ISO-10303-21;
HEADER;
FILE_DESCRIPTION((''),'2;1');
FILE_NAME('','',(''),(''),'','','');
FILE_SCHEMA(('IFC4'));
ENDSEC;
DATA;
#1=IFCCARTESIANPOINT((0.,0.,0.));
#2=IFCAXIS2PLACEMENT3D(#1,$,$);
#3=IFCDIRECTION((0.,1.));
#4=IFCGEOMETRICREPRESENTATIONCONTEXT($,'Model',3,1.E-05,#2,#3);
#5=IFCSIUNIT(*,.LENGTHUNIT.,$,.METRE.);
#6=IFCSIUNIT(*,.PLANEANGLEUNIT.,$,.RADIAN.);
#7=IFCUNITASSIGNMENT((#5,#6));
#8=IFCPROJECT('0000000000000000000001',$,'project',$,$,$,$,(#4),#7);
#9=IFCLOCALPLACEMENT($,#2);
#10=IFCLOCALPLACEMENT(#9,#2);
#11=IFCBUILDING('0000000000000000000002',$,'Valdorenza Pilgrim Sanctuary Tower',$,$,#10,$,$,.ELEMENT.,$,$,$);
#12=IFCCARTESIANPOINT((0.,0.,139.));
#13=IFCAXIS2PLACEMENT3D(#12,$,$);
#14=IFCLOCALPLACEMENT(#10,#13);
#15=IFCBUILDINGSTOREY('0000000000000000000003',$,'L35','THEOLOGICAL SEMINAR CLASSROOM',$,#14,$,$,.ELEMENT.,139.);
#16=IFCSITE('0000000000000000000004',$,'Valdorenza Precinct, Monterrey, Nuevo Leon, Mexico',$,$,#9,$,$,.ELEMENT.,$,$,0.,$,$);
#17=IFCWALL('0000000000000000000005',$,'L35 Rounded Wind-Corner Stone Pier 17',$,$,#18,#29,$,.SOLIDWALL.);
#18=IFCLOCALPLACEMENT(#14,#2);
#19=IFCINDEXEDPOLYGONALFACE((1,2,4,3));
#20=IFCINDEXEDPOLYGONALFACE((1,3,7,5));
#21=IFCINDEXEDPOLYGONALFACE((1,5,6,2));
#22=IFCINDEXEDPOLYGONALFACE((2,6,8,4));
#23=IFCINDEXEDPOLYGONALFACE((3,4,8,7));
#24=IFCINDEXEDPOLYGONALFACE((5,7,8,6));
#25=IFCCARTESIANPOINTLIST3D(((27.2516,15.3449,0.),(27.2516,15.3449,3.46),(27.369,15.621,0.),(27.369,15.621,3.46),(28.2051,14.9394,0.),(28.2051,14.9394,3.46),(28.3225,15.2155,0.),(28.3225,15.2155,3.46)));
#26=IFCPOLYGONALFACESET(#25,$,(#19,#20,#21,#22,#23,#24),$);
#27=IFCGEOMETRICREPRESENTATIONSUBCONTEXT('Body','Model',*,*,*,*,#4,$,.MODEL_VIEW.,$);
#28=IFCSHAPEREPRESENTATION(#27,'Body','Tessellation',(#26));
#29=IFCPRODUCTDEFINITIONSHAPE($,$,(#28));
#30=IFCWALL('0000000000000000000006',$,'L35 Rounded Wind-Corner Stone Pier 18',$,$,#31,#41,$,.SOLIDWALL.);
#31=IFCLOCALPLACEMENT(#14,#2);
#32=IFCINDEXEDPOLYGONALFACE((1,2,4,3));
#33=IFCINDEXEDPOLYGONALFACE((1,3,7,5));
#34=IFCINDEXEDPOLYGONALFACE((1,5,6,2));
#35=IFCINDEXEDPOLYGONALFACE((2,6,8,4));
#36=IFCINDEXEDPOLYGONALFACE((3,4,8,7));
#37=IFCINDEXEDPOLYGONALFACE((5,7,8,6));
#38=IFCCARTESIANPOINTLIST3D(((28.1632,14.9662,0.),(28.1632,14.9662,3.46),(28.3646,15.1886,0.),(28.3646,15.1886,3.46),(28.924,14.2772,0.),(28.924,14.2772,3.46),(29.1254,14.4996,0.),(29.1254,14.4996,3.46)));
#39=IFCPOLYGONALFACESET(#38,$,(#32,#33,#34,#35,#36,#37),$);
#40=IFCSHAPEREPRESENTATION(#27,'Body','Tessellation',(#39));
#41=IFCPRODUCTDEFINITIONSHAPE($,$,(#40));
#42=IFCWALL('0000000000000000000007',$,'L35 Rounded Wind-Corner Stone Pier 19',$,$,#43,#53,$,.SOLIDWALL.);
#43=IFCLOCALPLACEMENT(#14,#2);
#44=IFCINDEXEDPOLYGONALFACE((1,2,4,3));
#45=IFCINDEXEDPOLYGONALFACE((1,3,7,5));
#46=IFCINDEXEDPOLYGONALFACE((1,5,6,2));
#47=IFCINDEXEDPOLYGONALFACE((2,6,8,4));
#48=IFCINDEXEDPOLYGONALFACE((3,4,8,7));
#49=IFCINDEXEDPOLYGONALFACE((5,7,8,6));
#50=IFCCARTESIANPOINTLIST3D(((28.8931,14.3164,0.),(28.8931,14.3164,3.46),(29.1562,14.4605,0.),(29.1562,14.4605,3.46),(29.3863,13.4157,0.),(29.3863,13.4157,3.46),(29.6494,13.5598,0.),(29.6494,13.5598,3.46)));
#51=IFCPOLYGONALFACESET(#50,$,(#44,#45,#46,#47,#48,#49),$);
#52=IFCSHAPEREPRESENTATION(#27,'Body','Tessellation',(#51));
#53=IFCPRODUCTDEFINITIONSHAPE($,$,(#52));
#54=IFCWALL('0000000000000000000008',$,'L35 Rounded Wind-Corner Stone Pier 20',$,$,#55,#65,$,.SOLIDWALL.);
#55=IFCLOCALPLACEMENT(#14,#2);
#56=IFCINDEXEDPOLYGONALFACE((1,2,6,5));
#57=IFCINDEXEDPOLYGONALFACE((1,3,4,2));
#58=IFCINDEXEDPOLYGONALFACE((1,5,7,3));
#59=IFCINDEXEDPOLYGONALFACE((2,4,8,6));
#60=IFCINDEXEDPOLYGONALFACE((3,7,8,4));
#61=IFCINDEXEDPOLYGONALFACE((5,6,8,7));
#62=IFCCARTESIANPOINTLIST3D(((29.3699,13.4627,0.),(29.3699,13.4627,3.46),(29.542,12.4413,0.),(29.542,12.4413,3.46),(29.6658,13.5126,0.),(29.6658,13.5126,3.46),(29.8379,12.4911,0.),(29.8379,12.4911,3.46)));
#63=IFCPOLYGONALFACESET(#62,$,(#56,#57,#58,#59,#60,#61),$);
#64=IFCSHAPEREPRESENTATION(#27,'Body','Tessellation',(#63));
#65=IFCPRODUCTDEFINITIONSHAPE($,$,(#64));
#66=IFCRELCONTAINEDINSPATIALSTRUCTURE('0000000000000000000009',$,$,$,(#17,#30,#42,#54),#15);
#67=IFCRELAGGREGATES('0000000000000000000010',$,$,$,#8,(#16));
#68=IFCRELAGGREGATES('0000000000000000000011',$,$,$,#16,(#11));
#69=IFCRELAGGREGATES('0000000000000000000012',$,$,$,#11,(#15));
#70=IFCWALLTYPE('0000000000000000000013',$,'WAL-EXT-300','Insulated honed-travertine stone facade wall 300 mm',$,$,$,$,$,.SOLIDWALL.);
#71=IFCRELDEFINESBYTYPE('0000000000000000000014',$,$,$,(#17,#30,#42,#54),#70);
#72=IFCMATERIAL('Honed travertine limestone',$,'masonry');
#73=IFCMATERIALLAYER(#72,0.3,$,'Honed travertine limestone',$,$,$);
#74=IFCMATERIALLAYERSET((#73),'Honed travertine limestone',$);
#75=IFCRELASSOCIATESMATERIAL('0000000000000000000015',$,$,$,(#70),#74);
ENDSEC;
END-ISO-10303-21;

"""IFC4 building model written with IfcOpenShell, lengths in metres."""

from ifc_helpers import new_model, si_unit, direction, frame, frame_2d, origin, place, context, subcontext, project, spatial, rectangle, extrude, material, layer, layer_set, type_object, element, save


model = new_model("IFC4")

# Units and contexts
model_context = context("Model", 3, precision=1e-05, world=origin(), true_north=direction((0.0, 1.0)))
body_context = subcontext(model_context, "Body", "Model", "MODEL_VIEW")
ifc_project = project(units=[si_unit("LENGTHUNIT", "METRE"), si_unit("PLANEANGLEUNIT", "RADIAN")], contexts=[model_context])

# Site, building, storey
site_placement = place(None, origin())
site = spatial("IfcSite", under=ifc_project, at=site_placement, Name="Valdorenza Precinct, Monterrey, Nuevo Leon, Mexico", CompositionType="ELEMENT", RefElevation=0.0)
building_placement = place(site_placement, origin())
building = spatial("IfcBuilding", under=site, at=building_placement, Name="Valdorenza Pilgrim Sanctuary Tower", CompositionType="ELEMENT")
storey_placement = place(building_placement, frame((0.0, 0.0, 139.0)))
storey = spatial("IfcBuildingStorey", under=building, at=storey_placement, Name="L35", Description="THEOLOGICAL SEMINAR CLASSROOM", CompositionType="ELEMENT", Elevation=139.0)

# Shared definitions
ifc_material_1 = material(Name="Honed travertine limestone", Category="masonry")

# Walls
ifc_layer_1 = layer(ifc_material_1, 0.3, Name="Honed travertine limestone")
ifc_layer_set_1 = layer_set([ifc_layer_1], Name="Honed travertine limestone")
wall_type_1 = type_object("IfcWallType", Name="WAL-EXT-300", Description="Insulated honed-travertine stone facade wall 300 mm", PredefinedType="SOLIDWALL", material=ifc_layer_set_1)
wall_1_placement = place(storey_placement, frame((27.3103, 15.4829, 0.0), z_axis=(0.0, 0.0, 1.0), x_axis=(0.92025, -0.39133, 0.0)))
element("IfcWall", 1, at=wall_1_placement, inside=storey, type_object=wall_type_1, Name="L35 Rounded Wind-Corner Stone Pier 17", PredefinedType="SOLIDWALL", context=body_context, shape_type="SweptSolid", body=[
    extrude(rectangle(XDim=1.0361, YDim=0.3, at=frame_2d((0.5181, 0.0))), origin(), (0.0, 0.0, 1.0), 3.46),
])
wall_2_placement = place(storey_placement, frame((28.2639, 15.0774, 0.0), z_axis=(0.0, 0.0, 1.0), x_axis=(0.741209, -0.671275, 0.0)))
element("IfcWall", 2, at=wall_2_placement, inside=storey, type_object=wall_type_1, Name="L35 Rounded Wind-Corner Stone Pier 18", PredefinedType="SOLIDWALL", context=body_context, shape_type="SweptSolid", body=[
    extrude(rectangle(XDim=1.0264, YDim=0.3, at=frame_2d((0.5132, 0.0))), origin(), (0.0, 0.0, 1.0), 3.46),
])
wall_3_placement = place(storey_placement, frame((29.0247, 14.3884, 0.0), z_axis=(0.0, 0.0, 1.0), x_axis=(0.480284, -0.877113, 0.0)))
element("IfcWall", 3, at=wall_3_placement, inside=storey, type_object=wall_type_1, Name="L35 Rounded Wind-Corner Stone Pier 19", PredefinedType="SOLIDWALL", context=body_context, shape_type="SweptSolid", body=[
    extrude(rectangle(XDim=1.0269, YDim=0.3, at=frame_2d((0.5134, 0.0))), origin(), (0.0, 0.0, 1.0), 3.46),
])
wall_4_placement = place(storey_placement, frame((29.5178, 13.4878, 0.0), z_axis=(0.0, 0.0, 1.0), x_axis=(0.166157, -0.986099, 0.0)))
element("IfcWall", 4, at=wall_4_placement, inside=storey, type_object=wall_type_1, Name="L35 Rounded Wind-Corner Stone Pier 20", PredefinedType="SOLIDWALL", context=body_context, shape_type="SweptSolid", body=[
    extrude(rectangle(XDim=1.0359, YDim=0.3, at=frame_2d((0.5181, 0.0))), origin(), (0.0, 0.0, 1.0), 3.46),
])

save(model, "model.ifc")
